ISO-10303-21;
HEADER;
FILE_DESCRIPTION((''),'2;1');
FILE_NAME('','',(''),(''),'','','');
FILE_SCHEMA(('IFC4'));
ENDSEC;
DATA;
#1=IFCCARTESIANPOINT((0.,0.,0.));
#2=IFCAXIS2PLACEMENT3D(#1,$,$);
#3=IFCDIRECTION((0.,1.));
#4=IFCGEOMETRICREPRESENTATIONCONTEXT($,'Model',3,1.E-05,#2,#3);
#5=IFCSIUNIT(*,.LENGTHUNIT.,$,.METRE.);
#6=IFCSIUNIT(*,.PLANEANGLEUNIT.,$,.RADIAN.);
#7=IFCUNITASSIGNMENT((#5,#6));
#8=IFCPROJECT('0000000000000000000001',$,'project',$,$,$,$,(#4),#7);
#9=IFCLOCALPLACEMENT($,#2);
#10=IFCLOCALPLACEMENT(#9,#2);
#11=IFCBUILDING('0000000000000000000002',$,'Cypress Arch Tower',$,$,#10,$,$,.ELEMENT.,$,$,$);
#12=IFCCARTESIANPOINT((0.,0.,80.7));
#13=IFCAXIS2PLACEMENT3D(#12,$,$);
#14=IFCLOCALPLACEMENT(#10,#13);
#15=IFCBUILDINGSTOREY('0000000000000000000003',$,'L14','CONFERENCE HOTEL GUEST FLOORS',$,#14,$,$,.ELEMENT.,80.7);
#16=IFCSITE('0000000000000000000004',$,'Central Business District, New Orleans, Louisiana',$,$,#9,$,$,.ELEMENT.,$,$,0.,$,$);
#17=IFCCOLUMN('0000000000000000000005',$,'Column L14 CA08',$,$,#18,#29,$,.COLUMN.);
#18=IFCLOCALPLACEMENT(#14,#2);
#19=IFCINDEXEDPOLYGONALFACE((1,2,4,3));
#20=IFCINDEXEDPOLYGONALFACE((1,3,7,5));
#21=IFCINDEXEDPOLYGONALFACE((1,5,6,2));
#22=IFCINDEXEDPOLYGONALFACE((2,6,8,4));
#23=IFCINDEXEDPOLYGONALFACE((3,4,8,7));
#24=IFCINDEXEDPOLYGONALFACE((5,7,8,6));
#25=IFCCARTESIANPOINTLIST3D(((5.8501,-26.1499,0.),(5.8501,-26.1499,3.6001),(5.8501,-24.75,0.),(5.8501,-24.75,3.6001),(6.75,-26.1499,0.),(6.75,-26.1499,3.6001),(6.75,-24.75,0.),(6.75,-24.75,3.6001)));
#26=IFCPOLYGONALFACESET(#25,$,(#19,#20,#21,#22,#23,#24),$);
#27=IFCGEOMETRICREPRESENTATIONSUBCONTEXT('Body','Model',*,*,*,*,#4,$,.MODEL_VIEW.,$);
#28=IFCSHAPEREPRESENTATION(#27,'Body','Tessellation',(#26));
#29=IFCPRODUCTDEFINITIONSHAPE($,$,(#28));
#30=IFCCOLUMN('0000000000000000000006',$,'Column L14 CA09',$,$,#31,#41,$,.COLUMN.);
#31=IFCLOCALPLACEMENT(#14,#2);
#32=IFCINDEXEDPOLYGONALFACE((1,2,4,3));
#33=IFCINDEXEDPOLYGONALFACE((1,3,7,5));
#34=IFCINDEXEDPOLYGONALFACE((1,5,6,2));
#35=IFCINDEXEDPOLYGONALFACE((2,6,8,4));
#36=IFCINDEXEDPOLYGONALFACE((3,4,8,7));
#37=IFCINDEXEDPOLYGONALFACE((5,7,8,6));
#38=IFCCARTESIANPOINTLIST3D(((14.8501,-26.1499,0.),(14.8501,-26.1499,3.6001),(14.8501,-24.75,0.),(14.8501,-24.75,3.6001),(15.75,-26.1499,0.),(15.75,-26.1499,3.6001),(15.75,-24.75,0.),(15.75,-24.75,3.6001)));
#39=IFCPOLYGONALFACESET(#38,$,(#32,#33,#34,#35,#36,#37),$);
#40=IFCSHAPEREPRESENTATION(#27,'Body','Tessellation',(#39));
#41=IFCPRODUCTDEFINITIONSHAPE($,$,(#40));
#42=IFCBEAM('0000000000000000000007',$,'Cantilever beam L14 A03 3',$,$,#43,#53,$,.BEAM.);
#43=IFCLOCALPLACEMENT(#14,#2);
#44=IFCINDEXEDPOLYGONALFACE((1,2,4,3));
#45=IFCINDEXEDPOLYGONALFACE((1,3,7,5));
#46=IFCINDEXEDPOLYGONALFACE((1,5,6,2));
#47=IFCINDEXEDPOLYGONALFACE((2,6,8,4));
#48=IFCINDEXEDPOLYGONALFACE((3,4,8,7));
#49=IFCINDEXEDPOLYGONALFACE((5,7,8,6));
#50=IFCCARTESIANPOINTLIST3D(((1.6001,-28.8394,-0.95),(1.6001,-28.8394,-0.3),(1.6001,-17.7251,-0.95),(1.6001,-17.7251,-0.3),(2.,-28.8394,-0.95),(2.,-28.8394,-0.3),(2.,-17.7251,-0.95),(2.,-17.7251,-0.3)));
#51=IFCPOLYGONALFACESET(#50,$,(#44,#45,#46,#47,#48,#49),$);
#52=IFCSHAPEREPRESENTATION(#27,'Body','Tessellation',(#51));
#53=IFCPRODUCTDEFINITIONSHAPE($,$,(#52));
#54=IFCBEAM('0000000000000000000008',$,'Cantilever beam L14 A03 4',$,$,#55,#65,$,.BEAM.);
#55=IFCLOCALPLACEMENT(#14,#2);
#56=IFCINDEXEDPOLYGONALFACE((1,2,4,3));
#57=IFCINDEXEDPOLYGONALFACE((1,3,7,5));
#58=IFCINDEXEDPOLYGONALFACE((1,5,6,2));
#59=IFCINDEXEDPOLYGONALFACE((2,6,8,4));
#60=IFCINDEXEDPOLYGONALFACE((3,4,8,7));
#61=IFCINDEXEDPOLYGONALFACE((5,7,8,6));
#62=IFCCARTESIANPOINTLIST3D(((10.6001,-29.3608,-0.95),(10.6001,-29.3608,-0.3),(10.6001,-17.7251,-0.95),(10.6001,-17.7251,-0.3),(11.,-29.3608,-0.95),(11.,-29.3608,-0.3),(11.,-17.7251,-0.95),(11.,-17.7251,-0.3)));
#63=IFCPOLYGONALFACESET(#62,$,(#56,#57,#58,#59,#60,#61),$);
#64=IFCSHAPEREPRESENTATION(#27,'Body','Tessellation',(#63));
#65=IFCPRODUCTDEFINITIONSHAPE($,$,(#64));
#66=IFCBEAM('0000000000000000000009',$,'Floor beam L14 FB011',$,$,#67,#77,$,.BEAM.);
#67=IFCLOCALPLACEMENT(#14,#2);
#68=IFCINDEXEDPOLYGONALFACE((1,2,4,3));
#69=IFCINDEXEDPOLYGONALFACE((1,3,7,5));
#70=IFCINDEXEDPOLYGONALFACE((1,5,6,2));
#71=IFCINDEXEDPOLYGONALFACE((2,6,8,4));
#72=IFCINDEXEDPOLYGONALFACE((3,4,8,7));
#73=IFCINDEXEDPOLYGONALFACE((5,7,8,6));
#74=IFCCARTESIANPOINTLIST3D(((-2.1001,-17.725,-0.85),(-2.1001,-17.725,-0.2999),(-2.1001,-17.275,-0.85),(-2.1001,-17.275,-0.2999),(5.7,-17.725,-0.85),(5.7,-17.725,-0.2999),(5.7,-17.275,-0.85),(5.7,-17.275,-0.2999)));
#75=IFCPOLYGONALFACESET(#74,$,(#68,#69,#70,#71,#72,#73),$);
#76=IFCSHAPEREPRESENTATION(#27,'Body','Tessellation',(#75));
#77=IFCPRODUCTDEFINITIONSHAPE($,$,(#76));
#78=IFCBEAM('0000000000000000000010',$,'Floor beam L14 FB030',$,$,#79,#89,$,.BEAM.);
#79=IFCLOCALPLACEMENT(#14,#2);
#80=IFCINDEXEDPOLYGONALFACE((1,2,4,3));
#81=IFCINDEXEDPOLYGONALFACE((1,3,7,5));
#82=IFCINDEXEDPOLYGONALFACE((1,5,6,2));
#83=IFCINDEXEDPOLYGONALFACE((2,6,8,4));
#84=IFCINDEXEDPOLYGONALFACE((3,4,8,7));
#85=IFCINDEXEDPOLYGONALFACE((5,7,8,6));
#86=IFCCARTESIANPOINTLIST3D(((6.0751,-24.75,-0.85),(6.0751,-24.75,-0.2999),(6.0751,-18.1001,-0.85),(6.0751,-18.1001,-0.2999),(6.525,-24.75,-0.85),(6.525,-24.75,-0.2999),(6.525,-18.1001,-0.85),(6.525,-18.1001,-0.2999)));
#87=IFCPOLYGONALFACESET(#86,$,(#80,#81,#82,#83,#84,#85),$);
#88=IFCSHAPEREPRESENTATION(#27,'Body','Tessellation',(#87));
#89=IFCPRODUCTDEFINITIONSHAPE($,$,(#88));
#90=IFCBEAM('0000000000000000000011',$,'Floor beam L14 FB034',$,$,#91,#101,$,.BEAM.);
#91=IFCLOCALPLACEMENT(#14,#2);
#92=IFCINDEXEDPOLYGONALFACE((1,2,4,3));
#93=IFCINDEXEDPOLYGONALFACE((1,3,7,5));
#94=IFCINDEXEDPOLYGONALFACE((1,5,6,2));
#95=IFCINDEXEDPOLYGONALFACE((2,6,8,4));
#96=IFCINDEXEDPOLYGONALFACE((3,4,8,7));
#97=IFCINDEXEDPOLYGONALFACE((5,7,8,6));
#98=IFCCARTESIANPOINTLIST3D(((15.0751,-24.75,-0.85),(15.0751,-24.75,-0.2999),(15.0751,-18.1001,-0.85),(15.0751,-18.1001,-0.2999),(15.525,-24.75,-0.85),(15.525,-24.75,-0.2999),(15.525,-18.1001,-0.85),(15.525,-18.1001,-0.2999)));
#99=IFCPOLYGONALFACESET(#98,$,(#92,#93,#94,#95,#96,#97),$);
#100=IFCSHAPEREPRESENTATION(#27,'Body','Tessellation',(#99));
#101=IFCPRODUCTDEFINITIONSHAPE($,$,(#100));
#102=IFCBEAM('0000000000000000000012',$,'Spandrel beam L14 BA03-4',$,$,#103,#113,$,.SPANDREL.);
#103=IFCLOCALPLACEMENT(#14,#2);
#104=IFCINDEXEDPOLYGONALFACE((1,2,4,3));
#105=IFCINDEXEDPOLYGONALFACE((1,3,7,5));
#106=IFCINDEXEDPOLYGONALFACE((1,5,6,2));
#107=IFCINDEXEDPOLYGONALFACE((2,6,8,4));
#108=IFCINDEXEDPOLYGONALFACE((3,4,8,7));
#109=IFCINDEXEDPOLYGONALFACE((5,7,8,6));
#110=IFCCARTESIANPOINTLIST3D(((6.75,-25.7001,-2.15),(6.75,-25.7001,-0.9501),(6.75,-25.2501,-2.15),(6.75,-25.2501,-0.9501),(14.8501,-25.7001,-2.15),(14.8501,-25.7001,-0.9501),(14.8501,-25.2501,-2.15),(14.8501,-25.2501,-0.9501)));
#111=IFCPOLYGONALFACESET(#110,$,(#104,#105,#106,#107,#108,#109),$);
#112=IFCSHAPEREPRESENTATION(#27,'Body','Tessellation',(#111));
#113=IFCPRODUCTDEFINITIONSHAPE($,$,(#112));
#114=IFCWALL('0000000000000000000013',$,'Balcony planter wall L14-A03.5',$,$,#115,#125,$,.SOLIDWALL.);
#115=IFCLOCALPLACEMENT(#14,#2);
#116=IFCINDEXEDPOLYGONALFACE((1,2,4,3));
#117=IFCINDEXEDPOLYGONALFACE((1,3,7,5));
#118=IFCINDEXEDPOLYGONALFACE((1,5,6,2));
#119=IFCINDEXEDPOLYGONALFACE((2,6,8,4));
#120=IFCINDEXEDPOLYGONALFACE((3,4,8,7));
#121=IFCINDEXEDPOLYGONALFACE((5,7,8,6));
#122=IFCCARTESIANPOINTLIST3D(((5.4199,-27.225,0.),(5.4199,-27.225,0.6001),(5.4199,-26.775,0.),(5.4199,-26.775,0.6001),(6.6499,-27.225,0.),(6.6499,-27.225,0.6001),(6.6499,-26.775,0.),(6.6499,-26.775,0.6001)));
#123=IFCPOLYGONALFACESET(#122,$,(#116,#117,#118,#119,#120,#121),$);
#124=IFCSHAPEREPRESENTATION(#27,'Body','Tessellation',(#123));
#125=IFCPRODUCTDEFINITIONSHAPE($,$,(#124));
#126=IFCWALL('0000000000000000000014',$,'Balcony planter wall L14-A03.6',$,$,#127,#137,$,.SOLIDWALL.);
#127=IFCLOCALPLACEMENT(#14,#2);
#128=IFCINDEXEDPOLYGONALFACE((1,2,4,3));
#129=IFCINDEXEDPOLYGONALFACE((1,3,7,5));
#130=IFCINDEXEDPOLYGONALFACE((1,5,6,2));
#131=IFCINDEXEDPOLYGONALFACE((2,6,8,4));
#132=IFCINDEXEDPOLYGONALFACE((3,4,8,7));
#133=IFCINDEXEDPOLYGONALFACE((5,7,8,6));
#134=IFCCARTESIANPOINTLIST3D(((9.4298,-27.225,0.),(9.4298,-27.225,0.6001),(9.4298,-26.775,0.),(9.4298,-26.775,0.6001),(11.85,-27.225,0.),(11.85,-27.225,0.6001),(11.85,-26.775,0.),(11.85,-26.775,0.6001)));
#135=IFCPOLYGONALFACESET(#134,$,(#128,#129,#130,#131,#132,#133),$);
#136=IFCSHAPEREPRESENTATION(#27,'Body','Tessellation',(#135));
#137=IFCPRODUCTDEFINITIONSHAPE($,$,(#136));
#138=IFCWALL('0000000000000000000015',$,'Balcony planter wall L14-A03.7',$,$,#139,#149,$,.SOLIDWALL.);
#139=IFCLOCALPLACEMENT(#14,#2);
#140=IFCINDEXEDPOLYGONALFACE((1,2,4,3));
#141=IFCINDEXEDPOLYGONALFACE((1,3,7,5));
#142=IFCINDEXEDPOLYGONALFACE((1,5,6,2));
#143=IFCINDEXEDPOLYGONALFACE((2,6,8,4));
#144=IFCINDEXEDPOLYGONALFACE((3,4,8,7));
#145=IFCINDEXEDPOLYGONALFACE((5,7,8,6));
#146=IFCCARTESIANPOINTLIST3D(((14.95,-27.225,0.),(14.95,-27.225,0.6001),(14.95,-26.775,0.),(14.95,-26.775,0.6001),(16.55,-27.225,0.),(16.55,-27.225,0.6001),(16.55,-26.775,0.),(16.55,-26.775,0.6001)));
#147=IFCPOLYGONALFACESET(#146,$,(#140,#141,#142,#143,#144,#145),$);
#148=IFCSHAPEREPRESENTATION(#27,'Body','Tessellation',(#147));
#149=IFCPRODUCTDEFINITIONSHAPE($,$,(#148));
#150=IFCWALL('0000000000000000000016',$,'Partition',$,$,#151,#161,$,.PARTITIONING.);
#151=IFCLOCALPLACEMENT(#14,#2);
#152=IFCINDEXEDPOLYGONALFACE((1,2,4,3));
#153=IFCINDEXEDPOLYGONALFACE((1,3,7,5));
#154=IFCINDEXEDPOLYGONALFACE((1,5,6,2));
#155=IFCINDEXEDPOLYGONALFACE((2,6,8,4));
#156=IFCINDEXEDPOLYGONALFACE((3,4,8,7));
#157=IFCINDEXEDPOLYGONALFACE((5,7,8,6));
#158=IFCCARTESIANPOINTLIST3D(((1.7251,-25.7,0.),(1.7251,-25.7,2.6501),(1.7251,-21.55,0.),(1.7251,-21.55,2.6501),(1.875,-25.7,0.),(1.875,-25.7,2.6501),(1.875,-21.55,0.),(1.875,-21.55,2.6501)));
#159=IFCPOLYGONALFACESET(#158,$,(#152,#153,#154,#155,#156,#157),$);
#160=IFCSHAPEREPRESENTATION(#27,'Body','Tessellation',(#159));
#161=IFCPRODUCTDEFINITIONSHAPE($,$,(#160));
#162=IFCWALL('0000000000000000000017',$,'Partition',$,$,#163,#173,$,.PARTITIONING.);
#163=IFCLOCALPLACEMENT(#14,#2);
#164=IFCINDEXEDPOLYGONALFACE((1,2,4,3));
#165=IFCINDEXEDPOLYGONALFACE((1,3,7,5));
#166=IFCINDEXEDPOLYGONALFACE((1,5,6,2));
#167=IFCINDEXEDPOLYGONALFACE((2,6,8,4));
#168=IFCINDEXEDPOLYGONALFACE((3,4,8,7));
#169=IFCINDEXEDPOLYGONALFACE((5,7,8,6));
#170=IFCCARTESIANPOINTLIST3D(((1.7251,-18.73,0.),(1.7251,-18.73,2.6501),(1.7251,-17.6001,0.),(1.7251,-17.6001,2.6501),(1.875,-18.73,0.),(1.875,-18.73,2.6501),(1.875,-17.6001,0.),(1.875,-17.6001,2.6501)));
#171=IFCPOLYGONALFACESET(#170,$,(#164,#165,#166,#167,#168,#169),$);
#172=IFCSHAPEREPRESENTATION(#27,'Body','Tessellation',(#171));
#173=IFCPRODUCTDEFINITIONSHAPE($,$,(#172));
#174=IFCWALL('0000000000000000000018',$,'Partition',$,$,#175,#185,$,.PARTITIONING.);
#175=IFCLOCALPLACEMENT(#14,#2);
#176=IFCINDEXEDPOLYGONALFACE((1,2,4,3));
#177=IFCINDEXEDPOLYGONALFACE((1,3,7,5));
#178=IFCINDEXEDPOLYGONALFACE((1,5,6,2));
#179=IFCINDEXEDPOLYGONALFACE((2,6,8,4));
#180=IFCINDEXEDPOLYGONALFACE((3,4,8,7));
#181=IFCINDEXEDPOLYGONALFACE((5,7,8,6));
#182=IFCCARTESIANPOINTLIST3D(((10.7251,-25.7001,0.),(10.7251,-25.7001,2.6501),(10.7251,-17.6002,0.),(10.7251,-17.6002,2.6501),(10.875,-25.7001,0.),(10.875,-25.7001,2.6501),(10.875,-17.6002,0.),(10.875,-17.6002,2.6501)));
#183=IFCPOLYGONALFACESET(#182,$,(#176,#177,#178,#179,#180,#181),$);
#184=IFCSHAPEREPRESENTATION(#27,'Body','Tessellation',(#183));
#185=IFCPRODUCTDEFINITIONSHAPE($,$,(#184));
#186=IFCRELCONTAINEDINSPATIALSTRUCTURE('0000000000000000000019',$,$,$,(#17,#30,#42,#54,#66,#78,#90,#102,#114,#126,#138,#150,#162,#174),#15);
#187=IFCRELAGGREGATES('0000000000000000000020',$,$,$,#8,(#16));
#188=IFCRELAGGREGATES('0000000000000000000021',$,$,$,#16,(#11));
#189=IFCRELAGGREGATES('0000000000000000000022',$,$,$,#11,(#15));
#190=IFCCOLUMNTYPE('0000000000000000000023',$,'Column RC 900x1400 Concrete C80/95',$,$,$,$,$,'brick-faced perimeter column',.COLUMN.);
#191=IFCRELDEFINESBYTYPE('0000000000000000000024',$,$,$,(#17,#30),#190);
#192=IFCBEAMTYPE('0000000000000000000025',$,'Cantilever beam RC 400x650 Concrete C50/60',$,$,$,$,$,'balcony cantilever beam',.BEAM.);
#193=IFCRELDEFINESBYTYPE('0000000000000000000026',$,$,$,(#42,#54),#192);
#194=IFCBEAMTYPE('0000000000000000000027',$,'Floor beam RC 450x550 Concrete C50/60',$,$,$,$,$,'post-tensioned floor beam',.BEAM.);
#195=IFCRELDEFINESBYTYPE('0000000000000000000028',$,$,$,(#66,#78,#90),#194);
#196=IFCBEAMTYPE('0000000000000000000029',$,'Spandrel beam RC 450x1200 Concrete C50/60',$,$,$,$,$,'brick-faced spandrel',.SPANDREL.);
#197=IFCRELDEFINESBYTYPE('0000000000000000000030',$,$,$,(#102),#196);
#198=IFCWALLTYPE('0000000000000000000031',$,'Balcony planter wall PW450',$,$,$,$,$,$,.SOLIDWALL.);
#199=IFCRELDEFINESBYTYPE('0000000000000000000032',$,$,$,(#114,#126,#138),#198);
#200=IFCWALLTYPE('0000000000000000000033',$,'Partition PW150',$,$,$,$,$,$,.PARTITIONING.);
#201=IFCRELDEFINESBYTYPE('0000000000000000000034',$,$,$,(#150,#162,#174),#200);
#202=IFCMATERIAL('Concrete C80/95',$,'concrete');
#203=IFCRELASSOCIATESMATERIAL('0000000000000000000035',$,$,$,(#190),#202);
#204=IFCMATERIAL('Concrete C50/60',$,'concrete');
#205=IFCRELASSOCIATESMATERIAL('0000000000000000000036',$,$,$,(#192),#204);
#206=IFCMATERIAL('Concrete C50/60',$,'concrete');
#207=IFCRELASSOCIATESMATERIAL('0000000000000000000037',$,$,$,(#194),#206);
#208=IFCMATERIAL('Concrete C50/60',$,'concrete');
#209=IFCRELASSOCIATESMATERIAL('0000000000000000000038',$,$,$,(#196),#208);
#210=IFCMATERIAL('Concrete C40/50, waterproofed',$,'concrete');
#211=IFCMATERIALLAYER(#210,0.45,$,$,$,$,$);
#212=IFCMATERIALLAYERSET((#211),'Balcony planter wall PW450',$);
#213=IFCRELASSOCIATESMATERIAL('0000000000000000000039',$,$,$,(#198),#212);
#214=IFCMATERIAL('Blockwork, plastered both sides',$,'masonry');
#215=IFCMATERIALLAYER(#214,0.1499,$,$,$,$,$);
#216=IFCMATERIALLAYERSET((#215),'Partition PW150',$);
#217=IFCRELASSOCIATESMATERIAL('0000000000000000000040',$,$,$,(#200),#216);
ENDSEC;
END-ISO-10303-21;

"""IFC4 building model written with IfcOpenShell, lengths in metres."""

from ifc_helpers import new_model, si_unit, direction, frame, frame_2d, origin, origin_2d, place, context, subcontext, project, spatial, rectangle, extrude, material, layer, layer_set, material_profile, profile_set, type_object, element, save


model = new_model("IFC4")

# Units and contexts
model_context = context("Model", 3, precision=1e-05, world=origin(), true_north=direction((0.0, 1.0)))
body_context = subcontext(model_context, "Body", "Model", "MODEL_VIEW")
ifc_project = project(units=[si_unit("LENGTHUNIT", "METRE"), si_unit("PLANEANGLEUNIT", "RADIAN")], contexts=[model_context])

# Site, building, storey
site_placement = place(None, origin())
site = spatial("IfcSite", under=ifc_project, at=site_placement, Name="Central Business District, New Orleans, Louisiana", CompositionType="ELEMENT", RefElevation=0.0)
building_placement = place(site_placement, origin())
building = spatial("IfcBuilding", under=site, at=building_placement, Name="Cypress Arch Tower", CompositionType="ELEMENT")
storey_placement = place(building_placement, frame((0.0, 0.0, 80.7)))
storey = spatial("IfcBuildingStorey", under=building, at=storey_placement, Name="L14", Description="CONFERENCE HOTEL GUEST FLOORS", CompositionType="ELEMENT", Elevation=80.7)

# Columns
ifc_material_1 = material(Name="Concrete C80/95", Category="concrete")
ifc_material_profile_1 = material_profile(ifc_material_1, rectangle(XDim=0.8999, YDim=1.3999, at=origin_2d()), Name="RC 900x1400")
ifc_profile_set_1 = profile_set([ifc_material_profile_1], Name="Concrete C80/95")
column_type = type_object("IfcColumnType", Name="Column RC 900x1400 Concrete C80/95", ElementType="brick-faced perimeter column", PredefinedType="COLUMN", material=ifc_profile_set_1)
for number, where, z_axis, x_axis, name in (
    (1, (6.3, -25.45, 0.0), (0.0, 0.0, 1.0), (1.0, 0.0, 0.0), "Column L14 CA08"),
    (2, (15.3, -25.45, 0.0), (0.0, 0.0, 1.0), (1.0, 0.0, 0.0), "Column L14 CA09"),
):
    element("IfcColumn", number, at=place(storey_placement, frame(where, z_axis=z_axis, x_axis=x_axis)), inside=storey, type_object=column_type, Name=name, PredefinedType="COLUMN", context=body_context, shape_type="SweptSolid", body=[
        extrude(rectangle(XDim=0.8999, YDim=1.3999, at=origin_2d()), origin(), (0.0, 0.0, 1.0), 3.6001),
    ])

# Beams
ifc_material_2 = material(Name="Concrete C50/60", Category="concrete")
ifc_material_profile_2 = material_profile(ifc_material_2, rectangle(XDim=0.3999, YDim=0.6499, at=origin_2d()), Name="RC 400x650")
ifc_profile_set_2 = profile_set([ifc_material_profile_2], Name="Concrete C50/60")
beam_type_1 = type_object("IfcBeamType", Name="Cantilever beam RC 400x650 Concrete C50/60", ElementType="balcony cantilever beam", PredefinedType="BEAM", material=ifc_profile_set_2)
beam_1_placement = place(storey_placement, frame((1.8, -17.7251, -0.625), z_axis=(0.0, -1.0, 0.0), x_axis=(1.0, 0.0, 0.0)))
element("IfcBeam", 3, at=beam_1_placement, inside=storey, type_object=beam_type_1, Name="Cantilever beam L14 A03 3", PredefinedType="BEAM", context=body_context, shape_type="SweptSolid", body=[
    extrude(rectangle(XDim=0.3999, YDim=0.6499, at=origin_2d()), origin(), (0.0, 0.0, 1.0), 11.1143),
])
beam_2_placement = place(storey_placement, frame((10.8, -17.7251, -0.625), z_axis=(0.0, -1.0, 0.0), x_axis=(1.0, 0.0, 0.0)))
element("IfcBeam", 4, at=beam_2_placement, inside=storey, type_object=beam_type_1, Name="Cantilever beam L14 A03 4", PredefinedType="BEAM", context=body_context, shape_type="SweptSolid", body=[
    extrude(rectangle(XDim=0.3999, YDim=0.6499, at=origin_2d()), origin(), (0.0, 0.0, 1.0), 11.6357),
])
ifc_material_3 = material(Name="Concrete C50/60", Category="concrete")
ifc_material_profile_3 = material_profile(ifc_material_3, rectangle(XDim=0.45, YDim=0.55, at=origin_2d()), Name="RC 450x550")
ifc_profile_set_3 = profile_set([ifc_material_profile_3], Name="Concrete C50/60")
beam_type_2 = type_object("IfcBeamType", Name="Floor beam RC 450x550 Concrete C50/60", ElementType="post-tensioned floor beam", PredefinedType="BEAM", material=ifc_profile_set_3)
beam_3_placement = place(storey_placement, frame((-2.1001, -17.5, -0.575), z_axis=(1.0, 0.0, 0.0), x_axis=(0.0, 1.0, 0.0)))
element("IfcBeam", 5, at=beam_3_placement, inside=storey, type_object=beam_type_2, Name="Floor beam L14 FB011", PredefinedType="BEAM", context=body_context, shape_type="SweptSolid", body=[
    extrude(rectangle(XDim=0.45, YDim=0.55, at=origin_2d()), origin(), (0.0, 0.0, 1.0), 7.8),
])
for number, where, z_axis, x_axis, name in (
    (6, (6.3, -24.75, -0.575), (0.0, 1.0, 0.0), (-1.0, 0.0, 0.0), "Floor beam L14 FB030"),
    (7, (15.3, -24.75, -0.575), (0.0, 1.0, 0.0), (-1.0, 0.0, 0.0), "Floor beam L14 FB034"),
):
    element("IfcBeam", number, at=place(storey_placement, frame(where, z_axis=z_axis, x_axis=x_axis)), inside=storey, type_object=beam_type_2, Name=name, PredefinedType="BEAM", context=body_context, shape_type="SweptSolid", body=[
        extrude(rectangle(XDim=0.45, YDim=0.55, at=origin_2d()), origin(), (0.0, 0.0, 1.0), 6.6499),
    ])
ifc_material_4 = material(Name="Concrete C50/60", Category="concrete")
ifc_material_profile_4 = material_profile(ifc_material_4, rectangle(XDim=0.45, YDim=1.2, at=origin_2d()), Name="RC 450x1200")
ifc_profile_set_4 = profile_set([ifc_material_profile_4], Name="Concrete C50/60")
beam_type_3 = type_object("IfcBeamType", Name="Spandrel beam RC 450x1200 Concrete C50/60", ElementType="brick-faced spandrel", PredefinedType="SPANDREL", material=ifc_profile_set_4)
beam_4_placement = place(storey_placement, frame((6.75, -25.4751, -1.55), z_axis=(1.0, 0.0, 0.0), x_axis=(0.0, 1.0, 0.0)))
element("IfcBeam", 8, at=beam_4_placement, inside=storey, type_object=beam_type_3, Name="Spandrel beam L14 BA03-4", PredefinedType="SPANDREL", context=body_context, shape_type="SweptSolid", body=[
    extrude(rectangle(XDim=0.45, YDim=1.2, at=origin_2d()), origin(), (0.0, 0.0, 1.0), 8.1001),
])

# Walls
ifc_material_5 = material(Name="Concrete C40/50, waterproofed", Category="concrete")
ifc_layer_1 = layer(ifc_material_5, 0.45)
ifc_layer_set_1 = layer_set([ifc_layer_1], Name="Balcony planter wall PW450")
wall_type_1 = type_object("IfcWallType", Name="Balcony planter wall PW450", PredefinedType="SOLIDWALL", material=ifc_layer_set_1)
wall_1_placement = place(storey_placement, frame((5.4199, -27.0, 0.0), z_axis=(0.0, 0.0, 1.0), x_axis=(1.0, 0.0, 0.0)))
element("IfcWall", 9, at=wall_1_placement, inside=storey, type_object=wall_type_1, Name="Balcony planter wall L14-A03.5", PredefinedType="SOLIDWALL", context=body_context, shape_type="SweptSolid", body=[
    extrude(rectangle(XDim=1.23, YDim=0.45, at=frame_2d((0.615, 0.0))), origin(), (0.0, 0.0, 1.0), 0.6001),
])
wall_2_placement = place(storey_placement, frame((9.4299, -27.0, 0.0), z_axis=(0.0, 0.0, 1.0), x_axis=(1.0, 0.0, 0.0)))
element("IfcWall", 10, at=wall_2_placement, inside=storey, type_object=wall_type_1, Name="Balcony planter wall L14-A03.6", PredefinedType="SOLIDWALL", context=body_context, shape_type="SweptSolid", body=[
    extrude(rectangle(XDim=2.4202, YDim=0.45, at=frame_2d((1.21, 0.0))), origin(), (0.0, 0.0, 1.0), 0.6001),
])
wall_3_placement = place(storey_placement, frame((14.95, -27.0, 0.0), z_axis=(0.0, 0.0, 1.0), x_axis=(1.0, 0.0, 0.0)))
element("IfcWall", 11, at=wall_3_placement, inside=storey, type_object=wall_type_1, Name="Balcony planter wall L14-A03.7", PredefinedType="SOLIDWALL", context=body_context, shape_type="SweptSolid", body=[
    extrude(rectangle(XDim=1.6001, YDim=0.45, at=frame_2d((0.8, 0.0))), origin(), (0.0, 0.0, 1.0), 0.6001),
])

# Walls
ifc_material_6 = material(Name="Blockwork, plastered both sides", Category="masonry")
ifc_layer_2 = layer(ifc_material_6, 0.1499)
ifc_layer_set_2 = layer_set([ifc_layer_2], Name="Partition PW150")
wall_type_2 = type_object("IfcWallType", Name="Partition PW150", PredefinedType="PARTITIONING", material=ifc_layer_set_2)
wall_4_placement = place(storey_placement, frame((1.8, -25.7, 0.0), z_axis=(0.0, 0.0, 1.0), x_axis=(0.0, 1.0, 0.0)))
element("IfcWall", 12, at=wall_4_placement, inside=storey, type_object=wall_type_2, Name="Partition", PredefinedType="PARTITIONING", context=body_context, shape_type="SweptSolid", body=[
    extrude(rectangle(XDim=4.1499, YDim=0.1499, at=frame_2d((2.075, 0.0))), origin(), (0.0, 0.0, 1.0), 2.6501),
])
wall_5_placement = place(storey_placement, frame((1.8, -18.73, 0.0), z_axis=(0.0, 0.0, 1.0), x_axis=(0.0, 1.0, 0.0)))
element("IfcWall", 13, at=wall_5_placement, inside=storey, type_object=wall_type_2, Name="Partition", PredefinedType="PARTITIONING", context=body_context, shape_type="SweptSolid", body=[
    extrude(rectangle(XDim=1.1299, YDim=0.1499, at=frame_2d((0.5649, 0.0))), origin(), (0.0, 0.0, 1.0), 2.6501),
])
wall_6_placement = place(storey_placement, frame((10.8, -25.7, 0.0), z_axis=(0.0, 0.0, 1.0), x_axis=(0.0, 1.0, 0.0)))
element("IfcWall", 14, at=wall_6_placement, inside=storey, type_object=wall_type_2, Name="Partition", PredefinedType="PARTITIONING", context=body_context, shape_type="SweptSolid", body=[
    extrude(rectangle(XDim=8.0999, YDim=0.1499, at=frame_2d((4.0498, 0.0))), origin(), (0.0, 0.0, 1.0), 2.6501),
])

save(model, "model.ifc")
